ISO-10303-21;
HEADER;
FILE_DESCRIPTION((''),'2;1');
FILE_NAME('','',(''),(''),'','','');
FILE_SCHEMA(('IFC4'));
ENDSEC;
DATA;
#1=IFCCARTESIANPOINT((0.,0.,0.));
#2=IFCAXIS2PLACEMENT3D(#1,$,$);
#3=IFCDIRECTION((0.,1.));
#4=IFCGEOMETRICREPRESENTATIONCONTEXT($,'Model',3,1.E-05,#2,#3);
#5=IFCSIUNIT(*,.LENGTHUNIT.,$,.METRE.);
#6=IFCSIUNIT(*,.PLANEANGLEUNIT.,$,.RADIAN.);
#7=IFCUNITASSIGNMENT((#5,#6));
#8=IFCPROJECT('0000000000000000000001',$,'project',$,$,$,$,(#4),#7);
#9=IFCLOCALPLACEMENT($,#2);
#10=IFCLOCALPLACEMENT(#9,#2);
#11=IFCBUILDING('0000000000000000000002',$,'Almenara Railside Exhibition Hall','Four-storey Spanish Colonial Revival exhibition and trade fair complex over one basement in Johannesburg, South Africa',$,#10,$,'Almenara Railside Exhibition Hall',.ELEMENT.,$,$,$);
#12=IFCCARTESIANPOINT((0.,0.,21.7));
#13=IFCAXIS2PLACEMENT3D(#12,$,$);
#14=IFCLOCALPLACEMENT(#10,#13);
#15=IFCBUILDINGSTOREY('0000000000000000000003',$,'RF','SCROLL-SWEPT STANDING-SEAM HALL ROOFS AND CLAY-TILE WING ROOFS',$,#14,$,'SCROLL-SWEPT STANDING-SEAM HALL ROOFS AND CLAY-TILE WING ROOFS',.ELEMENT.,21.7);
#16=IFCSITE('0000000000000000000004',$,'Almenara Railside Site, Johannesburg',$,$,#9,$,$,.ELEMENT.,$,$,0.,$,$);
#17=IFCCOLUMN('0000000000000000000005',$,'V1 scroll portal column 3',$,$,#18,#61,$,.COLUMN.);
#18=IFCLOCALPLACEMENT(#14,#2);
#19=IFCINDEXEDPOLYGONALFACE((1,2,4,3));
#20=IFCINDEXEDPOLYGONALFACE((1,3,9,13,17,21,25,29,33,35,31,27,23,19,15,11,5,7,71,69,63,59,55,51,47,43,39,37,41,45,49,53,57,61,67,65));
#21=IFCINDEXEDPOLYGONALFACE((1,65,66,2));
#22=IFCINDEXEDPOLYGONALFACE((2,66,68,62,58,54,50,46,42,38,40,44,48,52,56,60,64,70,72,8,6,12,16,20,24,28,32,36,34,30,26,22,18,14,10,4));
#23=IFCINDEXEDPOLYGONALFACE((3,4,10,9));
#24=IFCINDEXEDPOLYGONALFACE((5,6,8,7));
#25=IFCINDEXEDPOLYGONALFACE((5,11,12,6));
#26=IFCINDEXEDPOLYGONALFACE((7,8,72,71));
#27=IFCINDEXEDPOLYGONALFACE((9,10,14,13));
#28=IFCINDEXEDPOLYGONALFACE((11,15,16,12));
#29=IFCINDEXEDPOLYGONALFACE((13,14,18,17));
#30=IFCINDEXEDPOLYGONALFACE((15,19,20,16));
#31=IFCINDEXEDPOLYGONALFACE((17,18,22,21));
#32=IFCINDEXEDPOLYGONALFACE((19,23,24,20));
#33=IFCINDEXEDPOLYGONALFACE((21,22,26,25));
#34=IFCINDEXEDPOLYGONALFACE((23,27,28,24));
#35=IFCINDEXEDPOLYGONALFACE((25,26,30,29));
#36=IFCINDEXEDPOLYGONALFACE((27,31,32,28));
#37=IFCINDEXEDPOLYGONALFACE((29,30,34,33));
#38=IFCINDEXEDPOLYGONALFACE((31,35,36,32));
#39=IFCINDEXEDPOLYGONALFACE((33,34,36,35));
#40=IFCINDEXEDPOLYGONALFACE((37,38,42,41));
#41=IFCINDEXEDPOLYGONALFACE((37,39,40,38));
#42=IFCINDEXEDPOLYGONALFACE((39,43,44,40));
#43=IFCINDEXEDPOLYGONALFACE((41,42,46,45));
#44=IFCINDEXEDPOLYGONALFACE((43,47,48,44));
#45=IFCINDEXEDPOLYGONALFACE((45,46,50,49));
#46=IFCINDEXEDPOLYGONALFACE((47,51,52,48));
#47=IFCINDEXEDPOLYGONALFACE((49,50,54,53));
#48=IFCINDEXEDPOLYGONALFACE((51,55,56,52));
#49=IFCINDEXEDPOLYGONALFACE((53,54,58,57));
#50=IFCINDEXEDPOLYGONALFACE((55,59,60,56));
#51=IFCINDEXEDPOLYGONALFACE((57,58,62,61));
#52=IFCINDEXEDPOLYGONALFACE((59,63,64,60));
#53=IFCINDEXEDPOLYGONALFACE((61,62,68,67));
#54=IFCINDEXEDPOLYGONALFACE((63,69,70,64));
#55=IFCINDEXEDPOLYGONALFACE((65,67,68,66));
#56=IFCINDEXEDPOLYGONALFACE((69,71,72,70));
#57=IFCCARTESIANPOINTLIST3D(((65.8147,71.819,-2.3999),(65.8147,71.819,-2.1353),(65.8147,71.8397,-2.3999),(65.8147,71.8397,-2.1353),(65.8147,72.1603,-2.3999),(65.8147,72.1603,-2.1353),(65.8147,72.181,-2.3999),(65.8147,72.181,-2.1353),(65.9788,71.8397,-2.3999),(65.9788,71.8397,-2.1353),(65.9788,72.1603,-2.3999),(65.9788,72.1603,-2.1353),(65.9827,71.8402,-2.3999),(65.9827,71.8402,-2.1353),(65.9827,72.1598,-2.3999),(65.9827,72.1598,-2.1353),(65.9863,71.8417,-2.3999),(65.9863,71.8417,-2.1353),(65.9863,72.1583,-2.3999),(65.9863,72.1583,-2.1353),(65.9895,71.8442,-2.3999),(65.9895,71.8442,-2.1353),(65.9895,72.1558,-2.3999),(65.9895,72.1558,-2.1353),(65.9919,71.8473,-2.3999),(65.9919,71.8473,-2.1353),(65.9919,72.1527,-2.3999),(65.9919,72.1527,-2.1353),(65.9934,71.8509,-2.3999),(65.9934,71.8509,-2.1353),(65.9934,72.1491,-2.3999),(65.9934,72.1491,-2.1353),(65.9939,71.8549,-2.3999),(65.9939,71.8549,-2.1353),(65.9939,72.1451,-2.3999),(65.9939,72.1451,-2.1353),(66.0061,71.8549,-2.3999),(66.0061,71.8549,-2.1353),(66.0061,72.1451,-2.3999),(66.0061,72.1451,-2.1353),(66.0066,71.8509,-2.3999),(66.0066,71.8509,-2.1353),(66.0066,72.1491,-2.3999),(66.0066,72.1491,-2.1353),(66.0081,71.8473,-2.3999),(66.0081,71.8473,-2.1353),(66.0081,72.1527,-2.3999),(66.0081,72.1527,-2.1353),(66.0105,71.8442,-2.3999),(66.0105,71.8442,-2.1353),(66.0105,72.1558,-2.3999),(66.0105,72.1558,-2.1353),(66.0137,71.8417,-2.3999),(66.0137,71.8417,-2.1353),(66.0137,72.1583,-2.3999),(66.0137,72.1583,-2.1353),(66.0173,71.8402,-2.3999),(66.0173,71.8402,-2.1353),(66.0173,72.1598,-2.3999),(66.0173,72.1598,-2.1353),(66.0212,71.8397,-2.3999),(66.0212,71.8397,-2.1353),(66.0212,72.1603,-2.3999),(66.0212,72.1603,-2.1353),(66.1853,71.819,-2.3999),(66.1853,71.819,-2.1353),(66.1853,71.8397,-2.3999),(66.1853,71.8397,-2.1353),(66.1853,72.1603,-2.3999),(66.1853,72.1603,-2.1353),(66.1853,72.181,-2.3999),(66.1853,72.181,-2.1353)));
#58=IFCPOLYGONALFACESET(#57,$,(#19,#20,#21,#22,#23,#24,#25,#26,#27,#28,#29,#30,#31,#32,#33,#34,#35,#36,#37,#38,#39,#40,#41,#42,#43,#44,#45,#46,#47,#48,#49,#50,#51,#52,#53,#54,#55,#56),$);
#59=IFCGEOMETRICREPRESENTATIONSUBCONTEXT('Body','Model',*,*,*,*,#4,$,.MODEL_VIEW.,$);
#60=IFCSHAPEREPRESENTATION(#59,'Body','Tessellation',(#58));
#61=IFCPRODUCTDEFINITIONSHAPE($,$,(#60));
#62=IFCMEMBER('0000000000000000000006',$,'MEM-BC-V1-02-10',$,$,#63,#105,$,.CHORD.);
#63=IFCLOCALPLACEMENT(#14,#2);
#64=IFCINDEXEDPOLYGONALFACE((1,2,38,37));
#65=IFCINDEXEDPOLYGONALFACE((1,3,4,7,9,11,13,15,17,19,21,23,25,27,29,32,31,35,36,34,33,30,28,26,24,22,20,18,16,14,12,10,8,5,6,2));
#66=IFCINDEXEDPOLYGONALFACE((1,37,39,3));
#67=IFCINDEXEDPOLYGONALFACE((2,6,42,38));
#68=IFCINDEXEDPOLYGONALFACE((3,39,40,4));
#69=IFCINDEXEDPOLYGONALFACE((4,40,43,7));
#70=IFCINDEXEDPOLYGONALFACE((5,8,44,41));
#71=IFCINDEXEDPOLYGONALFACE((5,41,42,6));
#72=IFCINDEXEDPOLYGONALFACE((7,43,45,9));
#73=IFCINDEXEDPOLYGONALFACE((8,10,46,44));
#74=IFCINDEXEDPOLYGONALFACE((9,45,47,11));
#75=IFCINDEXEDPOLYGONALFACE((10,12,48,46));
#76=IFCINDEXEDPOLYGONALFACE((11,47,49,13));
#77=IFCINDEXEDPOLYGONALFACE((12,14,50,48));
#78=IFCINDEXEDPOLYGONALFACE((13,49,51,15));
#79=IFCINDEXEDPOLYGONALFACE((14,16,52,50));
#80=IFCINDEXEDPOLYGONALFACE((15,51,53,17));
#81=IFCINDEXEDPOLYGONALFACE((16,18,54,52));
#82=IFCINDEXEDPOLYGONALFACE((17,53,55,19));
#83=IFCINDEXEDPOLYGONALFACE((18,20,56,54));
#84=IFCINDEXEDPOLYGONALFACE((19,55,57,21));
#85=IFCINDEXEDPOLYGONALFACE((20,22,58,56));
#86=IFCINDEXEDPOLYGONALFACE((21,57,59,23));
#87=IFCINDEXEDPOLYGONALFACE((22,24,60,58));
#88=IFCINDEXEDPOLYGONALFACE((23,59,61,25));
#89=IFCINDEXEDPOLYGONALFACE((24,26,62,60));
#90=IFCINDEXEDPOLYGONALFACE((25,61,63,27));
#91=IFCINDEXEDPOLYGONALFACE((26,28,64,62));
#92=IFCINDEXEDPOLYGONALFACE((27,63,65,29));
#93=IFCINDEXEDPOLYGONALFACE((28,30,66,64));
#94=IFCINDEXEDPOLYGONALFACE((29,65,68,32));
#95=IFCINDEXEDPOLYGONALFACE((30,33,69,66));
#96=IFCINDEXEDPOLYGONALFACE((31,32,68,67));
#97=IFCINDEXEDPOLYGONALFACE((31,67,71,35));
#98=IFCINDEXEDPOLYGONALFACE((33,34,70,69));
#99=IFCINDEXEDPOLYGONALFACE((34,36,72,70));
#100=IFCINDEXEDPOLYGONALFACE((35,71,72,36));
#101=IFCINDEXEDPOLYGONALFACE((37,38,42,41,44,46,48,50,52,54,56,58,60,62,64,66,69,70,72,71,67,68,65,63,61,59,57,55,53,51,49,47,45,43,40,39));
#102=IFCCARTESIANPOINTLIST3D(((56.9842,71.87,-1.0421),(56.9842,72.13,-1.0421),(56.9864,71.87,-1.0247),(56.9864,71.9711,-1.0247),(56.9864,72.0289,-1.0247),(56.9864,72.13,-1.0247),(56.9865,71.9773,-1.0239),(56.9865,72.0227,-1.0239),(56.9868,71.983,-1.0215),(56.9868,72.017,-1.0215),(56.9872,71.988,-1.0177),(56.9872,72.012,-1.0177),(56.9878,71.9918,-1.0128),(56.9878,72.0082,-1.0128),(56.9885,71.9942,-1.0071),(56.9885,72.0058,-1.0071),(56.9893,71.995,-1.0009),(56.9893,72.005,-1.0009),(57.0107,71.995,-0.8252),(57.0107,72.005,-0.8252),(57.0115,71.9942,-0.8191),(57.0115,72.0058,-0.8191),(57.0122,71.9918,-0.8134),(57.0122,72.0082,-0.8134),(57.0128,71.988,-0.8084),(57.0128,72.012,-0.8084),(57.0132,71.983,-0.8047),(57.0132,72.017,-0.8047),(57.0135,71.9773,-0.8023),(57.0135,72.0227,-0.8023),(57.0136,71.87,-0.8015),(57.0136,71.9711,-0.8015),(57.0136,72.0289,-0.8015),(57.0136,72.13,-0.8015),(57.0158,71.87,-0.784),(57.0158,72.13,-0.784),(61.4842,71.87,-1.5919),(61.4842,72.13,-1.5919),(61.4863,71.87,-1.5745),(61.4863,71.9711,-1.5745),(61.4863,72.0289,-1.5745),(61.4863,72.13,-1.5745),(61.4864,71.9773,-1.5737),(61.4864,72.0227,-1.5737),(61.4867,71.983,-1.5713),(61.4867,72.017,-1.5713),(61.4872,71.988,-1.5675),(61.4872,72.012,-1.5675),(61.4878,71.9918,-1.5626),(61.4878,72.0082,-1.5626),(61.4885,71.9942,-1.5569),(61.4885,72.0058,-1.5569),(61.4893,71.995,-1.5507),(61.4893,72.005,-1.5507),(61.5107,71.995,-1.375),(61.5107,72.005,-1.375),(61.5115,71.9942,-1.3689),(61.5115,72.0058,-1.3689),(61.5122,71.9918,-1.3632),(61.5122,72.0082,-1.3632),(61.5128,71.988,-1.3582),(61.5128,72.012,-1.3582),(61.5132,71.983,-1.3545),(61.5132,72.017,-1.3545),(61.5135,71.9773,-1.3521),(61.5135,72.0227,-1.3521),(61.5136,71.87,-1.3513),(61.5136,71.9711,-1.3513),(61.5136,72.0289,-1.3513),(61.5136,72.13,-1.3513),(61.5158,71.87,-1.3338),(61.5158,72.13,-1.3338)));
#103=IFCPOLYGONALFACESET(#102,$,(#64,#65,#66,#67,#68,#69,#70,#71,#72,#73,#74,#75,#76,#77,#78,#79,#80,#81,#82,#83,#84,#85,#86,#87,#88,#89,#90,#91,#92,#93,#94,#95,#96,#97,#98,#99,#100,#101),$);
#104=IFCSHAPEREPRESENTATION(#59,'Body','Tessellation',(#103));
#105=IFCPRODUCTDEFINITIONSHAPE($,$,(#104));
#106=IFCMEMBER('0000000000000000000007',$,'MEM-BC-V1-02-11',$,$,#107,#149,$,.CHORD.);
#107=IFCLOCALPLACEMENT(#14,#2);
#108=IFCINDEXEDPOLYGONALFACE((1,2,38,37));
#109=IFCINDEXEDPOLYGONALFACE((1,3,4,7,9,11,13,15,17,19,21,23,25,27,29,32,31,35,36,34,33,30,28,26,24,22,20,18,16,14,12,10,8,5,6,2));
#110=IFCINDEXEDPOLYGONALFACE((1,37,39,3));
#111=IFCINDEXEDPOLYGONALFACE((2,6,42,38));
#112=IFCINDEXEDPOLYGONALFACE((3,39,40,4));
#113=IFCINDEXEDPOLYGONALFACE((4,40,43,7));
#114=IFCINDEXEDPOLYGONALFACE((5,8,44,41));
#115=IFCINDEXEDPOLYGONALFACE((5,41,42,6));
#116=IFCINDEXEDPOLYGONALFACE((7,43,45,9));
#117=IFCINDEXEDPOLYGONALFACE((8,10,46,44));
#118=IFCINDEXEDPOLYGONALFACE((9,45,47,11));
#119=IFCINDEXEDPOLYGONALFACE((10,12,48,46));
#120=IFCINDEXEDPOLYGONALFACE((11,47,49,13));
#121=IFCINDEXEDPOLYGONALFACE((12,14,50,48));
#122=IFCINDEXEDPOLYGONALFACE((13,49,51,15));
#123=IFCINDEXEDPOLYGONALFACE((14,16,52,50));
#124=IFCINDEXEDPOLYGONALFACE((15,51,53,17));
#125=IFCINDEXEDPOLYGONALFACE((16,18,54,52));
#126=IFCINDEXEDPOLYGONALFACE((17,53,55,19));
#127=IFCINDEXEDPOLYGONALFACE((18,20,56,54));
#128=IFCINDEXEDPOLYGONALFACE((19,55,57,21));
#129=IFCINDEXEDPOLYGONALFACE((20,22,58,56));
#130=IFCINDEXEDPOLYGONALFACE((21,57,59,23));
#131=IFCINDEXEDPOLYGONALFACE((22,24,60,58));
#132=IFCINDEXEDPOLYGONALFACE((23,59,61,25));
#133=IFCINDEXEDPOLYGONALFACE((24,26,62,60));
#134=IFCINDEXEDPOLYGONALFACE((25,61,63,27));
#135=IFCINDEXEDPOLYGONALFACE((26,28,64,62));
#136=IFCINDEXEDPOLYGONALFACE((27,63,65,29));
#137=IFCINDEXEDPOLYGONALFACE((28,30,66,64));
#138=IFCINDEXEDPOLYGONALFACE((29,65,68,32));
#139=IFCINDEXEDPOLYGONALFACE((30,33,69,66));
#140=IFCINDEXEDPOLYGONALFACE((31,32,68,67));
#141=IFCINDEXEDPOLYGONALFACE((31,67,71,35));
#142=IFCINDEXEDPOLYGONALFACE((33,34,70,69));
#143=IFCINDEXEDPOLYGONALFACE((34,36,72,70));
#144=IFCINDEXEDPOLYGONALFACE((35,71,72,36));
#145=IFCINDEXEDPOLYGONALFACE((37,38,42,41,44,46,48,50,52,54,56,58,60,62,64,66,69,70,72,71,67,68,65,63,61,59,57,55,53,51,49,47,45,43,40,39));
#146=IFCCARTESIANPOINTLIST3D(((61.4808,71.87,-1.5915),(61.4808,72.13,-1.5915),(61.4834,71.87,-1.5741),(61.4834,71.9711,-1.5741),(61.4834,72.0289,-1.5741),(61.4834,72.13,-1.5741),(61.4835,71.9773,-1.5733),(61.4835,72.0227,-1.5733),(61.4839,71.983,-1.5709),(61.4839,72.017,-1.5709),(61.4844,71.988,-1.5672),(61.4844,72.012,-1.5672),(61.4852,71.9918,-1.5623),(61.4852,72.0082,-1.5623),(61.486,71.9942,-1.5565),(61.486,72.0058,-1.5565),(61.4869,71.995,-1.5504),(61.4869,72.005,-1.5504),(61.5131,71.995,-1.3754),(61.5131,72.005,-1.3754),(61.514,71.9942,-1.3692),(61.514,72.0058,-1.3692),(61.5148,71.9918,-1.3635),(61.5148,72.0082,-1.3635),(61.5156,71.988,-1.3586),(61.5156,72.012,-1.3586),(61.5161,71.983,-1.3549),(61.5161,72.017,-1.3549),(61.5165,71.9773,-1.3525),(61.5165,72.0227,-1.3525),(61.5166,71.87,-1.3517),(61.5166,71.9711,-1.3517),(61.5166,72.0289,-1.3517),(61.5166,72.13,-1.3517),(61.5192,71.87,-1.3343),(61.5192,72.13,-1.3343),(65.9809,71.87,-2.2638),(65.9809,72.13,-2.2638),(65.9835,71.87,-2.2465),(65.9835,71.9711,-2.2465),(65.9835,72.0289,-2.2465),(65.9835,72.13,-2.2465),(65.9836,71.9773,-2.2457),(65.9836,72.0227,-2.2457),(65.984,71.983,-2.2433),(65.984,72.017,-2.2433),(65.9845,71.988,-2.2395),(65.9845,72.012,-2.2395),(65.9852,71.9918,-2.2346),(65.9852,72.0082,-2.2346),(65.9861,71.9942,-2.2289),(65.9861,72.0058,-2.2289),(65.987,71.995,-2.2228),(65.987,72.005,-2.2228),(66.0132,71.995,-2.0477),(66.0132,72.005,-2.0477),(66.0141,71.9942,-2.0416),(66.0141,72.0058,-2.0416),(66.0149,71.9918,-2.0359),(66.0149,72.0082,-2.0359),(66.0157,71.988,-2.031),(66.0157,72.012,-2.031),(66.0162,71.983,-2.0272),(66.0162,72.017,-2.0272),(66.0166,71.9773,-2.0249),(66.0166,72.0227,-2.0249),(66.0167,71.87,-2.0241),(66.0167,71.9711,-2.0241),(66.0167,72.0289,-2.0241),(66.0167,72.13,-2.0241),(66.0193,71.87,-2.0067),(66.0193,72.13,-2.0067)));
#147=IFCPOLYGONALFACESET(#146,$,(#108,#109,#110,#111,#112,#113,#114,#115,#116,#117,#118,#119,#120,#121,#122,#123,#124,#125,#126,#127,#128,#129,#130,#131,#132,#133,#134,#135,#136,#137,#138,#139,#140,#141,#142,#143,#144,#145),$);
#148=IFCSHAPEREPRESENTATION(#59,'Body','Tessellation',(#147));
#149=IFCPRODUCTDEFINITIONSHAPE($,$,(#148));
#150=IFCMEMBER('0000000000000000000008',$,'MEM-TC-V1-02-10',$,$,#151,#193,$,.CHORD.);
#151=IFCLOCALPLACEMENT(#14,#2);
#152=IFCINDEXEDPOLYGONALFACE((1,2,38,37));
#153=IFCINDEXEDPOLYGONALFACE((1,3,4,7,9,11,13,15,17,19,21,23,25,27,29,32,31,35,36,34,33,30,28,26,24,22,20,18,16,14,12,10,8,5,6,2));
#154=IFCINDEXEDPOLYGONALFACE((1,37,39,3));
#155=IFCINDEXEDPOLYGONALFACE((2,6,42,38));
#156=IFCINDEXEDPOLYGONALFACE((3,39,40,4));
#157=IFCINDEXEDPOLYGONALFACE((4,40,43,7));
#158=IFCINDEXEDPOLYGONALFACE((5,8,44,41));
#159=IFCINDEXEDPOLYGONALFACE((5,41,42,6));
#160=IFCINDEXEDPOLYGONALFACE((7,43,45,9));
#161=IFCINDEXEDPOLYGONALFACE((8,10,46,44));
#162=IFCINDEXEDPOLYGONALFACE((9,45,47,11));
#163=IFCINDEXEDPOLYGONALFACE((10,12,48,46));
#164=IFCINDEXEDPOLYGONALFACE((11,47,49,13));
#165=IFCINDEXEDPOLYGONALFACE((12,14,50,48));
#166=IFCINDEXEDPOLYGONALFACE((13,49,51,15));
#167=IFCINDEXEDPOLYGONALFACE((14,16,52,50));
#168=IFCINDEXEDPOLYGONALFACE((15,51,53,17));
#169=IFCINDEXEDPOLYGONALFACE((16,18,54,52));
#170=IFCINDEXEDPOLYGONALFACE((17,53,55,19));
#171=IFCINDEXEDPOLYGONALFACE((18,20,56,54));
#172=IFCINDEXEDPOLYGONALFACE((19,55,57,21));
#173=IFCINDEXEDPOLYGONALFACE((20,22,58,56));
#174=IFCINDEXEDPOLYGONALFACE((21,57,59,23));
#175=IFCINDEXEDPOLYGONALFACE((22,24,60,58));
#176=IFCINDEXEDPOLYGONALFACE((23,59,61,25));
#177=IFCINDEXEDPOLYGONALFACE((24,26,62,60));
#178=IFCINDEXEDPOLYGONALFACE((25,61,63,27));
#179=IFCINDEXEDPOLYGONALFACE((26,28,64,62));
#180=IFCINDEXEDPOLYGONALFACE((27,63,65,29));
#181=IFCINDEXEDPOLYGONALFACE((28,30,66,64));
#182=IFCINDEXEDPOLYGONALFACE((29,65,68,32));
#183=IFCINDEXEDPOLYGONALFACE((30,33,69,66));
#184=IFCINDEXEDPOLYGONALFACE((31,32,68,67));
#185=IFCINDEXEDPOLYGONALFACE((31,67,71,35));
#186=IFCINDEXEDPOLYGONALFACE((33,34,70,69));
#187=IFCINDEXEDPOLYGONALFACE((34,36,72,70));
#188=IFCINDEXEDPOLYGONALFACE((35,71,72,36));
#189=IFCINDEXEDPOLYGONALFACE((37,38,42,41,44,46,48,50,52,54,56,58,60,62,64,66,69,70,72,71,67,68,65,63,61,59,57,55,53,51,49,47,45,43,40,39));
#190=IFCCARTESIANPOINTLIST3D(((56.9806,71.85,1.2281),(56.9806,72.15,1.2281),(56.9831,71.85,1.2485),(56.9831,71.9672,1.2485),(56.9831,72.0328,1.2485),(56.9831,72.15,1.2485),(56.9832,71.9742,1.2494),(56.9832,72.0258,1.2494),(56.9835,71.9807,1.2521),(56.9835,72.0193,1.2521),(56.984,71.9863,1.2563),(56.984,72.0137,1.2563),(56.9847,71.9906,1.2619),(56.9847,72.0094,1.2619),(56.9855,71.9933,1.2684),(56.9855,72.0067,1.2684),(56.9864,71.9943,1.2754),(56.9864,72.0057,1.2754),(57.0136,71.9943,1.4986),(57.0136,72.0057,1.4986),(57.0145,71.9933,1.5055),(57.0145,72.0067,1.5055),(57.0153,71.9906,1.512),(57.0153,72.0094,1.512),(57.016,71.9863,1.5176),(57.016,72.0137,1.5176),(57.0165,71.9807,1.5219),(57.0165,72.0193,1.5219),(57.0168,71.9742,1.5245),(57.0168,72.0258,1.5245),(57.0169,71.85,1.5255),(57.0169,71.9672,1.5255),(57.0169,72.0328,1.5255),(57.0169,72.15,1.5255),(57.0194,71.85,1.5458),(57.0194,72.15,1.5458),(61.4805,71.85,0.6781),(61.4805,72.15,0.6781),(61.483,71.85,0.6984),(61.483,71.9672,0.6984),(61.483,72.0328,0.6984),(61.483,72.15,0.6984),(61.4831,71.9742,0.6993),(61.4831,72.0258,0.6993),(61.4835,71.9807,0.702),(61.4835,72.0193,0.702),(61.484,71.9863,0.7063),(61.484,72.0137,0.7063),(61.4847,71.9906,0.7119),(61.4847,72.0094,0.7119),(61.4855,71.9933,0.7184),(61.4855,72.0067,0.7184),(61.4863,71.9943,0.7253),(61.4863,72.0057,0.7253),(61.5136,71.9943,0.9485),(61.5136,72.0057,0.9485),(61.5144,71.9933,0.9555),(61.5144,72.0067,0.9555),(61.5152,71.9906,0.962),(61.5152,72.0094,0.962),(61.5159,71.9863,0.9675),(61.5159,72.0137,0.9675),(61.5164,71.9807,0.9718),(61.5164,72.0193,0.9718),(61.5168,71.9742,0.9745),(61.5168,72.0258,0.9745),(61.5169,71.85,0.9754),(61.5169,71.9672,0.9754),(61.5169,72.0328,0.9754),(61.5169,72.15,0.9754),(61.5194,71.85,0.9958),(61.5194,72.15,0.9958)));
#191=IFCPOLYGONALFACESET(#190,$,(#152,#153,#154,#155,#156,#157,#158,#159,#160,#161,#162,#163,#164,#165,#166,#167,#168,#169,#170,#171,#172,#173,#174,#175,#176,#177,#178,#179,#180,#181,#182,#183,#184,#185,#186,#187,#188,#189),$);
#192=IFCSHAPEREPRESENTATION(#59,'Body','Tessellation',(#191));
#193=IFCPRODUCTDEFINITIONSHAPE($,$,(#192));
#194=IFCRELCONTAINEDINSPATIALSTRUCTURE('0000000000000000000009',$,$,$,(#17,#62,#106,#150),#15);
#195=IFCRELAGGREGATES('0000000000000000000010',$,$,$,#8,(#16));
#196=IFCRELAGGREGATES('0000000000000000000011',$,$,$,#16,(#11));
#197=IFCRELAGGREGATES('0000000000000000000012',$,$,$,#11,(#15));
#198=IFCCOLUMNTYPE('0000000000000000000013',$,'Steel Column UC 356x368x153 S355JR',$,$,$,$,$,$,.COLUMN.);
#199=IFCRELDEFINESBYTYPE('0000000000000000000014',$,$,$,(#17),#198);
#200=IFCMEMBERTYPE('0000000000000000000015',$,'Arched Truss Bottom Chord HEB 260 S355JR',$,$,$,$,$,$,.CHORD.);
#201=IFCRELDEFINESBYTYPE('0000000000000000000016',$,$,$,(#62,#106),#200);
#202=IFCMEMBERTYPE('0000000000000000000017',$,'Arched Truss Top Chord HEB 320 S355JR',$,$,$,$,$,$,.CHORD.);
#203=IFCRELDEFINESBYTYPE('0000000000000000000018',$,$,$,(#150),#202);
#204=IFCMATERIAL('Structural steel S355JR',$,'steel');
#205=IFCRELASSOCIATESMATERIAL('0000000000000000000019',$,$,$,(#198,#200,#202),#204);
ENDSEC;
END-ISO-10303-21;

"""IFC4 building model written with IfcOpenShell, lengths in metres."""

from ifc_helpers import new_model, si_unit, direction, frame, origin, origin_2d, place, context, subcontext, project, spatial, i_section, extrude, material, material_profile, profile_set, type_object, element, save


model = new_model("IFC4")

# Units and contexts
model_context = context("Model", 3, precision=1e-05, world=origin(), true_north=direction((0.0, 1.0)))
body_context = subcontext(model_context, "Body", "Model", "MODEL_VIEW")
ifc_project = project(units=[si_unit("LENGTHUNIT", "METRE"), si_unit("PLANEANGLEUNIT", "RADIAN")], contexts=[model_context])

# Site, building, storey
site_placement = place(None, origin())
site = spatial("IfcSite", under=ifc_project, at=site_placement, Name="Almenara Railside Site, Johannesburg", CompositionType="ELEMENT", RefElevation=0.0)
building_placement = place(site_placement, origin())
building = spatial("IfcBuilding", under=site, at=building_placement, Name="Almenara Railside Exhibition Hall", Description="Four-storey Spanish Colonial Revival exhibition and trade fair complex over one basement in Johannesburg, South Africa", LongName="Almenara Railside Exhibition Hall", CompositionType="ELEMENT")
storey_placement = place(building_placement, frame((0.0, 0.0, 21.7)))
storey = spatial("IfcBuildingStorey", under=building, at=storey_placement, Name="RF", Description="SCROLL-SWEPT STANDING-SEAM HALL ROOFS AND CLAY-TILE WING ROOFS", LongName="SCROLL-SWEPT STANDING-SEAM HALL ROOFS AND CLAY-TILE WING ROOFS", CompositionType="ELEMENT", Elevation=21.7)

# Column
ifc_material_1 = material(Name="Structural steel S355JR", Category="steel")
ifc_material_profile_1 = material_profile(ifc_material_1, i_section(OverallWidth=0.3706, OverallDepth=0.3621, WebThickness=0.0122, FlangeThickness=0.0208, FilletRadius=0.0151, at=origin_2d()), Name="UC 356x368x153")
ifc_profile_set_1 = profile_set([ifc_material_profile_1], Name="Structural steel S355JR")
column_type = type_object("IfcColumnType", Name="Steel Column UC 356x368x153 S355JR", PredefinedType="COLUMN", material=ifc_profile_set_1)
column_placement = place(storey_placement, frame((66.0, 72.0, -2.3999), z_axis=(0.0, 0.0, 1.0), x_axis=(1.0, 0.0, 0.0)))
element("IfcColumn", 1, at=column_placement, inside=storey, type_object=column_type, Name="V1 scroll portal column 3", PredefinedType="COLUMN", context=body_context, shape_type="SweptSolid", body=[
    extrude(i_section(OverallWidth=0.3706, OverallDepth=0.3621, WebThickness=0.0122, FlangeThickness=0.0208, FilletRadius=0.0151, at=origin_2d()), origin(), (0.0, 0.0, 1.0), 0.2646),
])

# Members
ifc_material_profile_2 = material_profile(ifc_material_1, i_section(OverallWidth=0.26, OverallDepth=0.26, WebThickness=0.01, FlangeThickness=0.0176, FilletRadius=0.0239, at=origin_2d()), Name="HEB 260")
ifc_profile_set_2 = profile_set([ifc_material_profile_2], Name="Structural steel S355JR")
member_type_1 = type_object("IfcMemberType", Name="Arched Truss Bottom Chord HEB 260 S355JR", PredefinedType="CHORD", material=ifc_profile_set_2)
member_1_placement = place(storey_placement, frame((57.0, 72.0, -0.9131), z_axis=(0.992619, 0.0, -0.121277), x_axis=(0.0, 1.0, 0.0)))
element("IfcMember", 2, at=member_1_placement, inside=storey, type_object=member_type_1, Name="MEM-BC-V1-02-10", PredefinedType="CHORD", context=body_context, shape_type="SweptSolid", body=[
    extrude(i_section(OverallWidth=0.26, OverallDepth=0.26, WebThickness=0.01, FlangeThickness=0.0176, FilletRadius=0.0239, at=origin_2d()), origin(), (0.0, 0.0, 1.0), 4.5334),
])
member_2_placement = place(storey_placement, frame((61.5, 72.0, -1.4629), z_axis=(0.989021, 0.0, -0.147774), x_axis=(0.0, 1.0, 0.0)))
element("IfcMember", 3, at=member_2_placement, inside=storey, type_object=member_type_1, Name="MEM-BC-V1-02-11", PredefinedType="CHORD", context=body_context, shape_type="SweptSolid", body=[
    extrude(i_section(OverallWidth=0.26, OverallDepth=0.26, WebThickness=0.01, FlangeThickness=0.0176, FilletRadius=0.0239, at=origin_2d()), origin(), (0.0, 0.0, 1.0), 4.55),
])
ifc_material_profile_3 = material_profile(ifc_material_1, i_section(OverallWidth=0.3, OverallDepth=0.3201, WebThickness=0.0115, FlangeThickness=0.0205, FilletRadius=0.0271, at=origin_2d()), Name="HEB 320")
ifc_profile_set_3 = profile_set([ifc_material_profile_3], Name="Structural steel S355JR")
member_type_2 = type_object("IfcMemberType", Name="Arched Truss Top Chord HEB 320 S355JR", PredefinedType="CHORD", material=ifc_profile_set_3)
member_3_placement = place(storey_placement, frame((57.0, 72.0, 1.387), z_axis=(0.992612, 0.0, -0.12133), x_axis=(0.0, 1.0, 0.0)))
element("IfcMember", 4, at=member_3_placement, inside=storey, type_object=member_type_2, Name="MEM-TC-V1-02-10", PredefinedType="CHORD", context=body_context, shape_type="SweptSolid", body=[
    extrude(i_section(OverallWidth=0.3, OverallDepth=0.3201, WebThickness=0.0115, FlangeThickness=0.0205, FilletRadius=0.0271, at=origin_2d()), origin(), (0.0, 0.0, 1.0), 4.5334),
])

save(model, "model.ifc")
